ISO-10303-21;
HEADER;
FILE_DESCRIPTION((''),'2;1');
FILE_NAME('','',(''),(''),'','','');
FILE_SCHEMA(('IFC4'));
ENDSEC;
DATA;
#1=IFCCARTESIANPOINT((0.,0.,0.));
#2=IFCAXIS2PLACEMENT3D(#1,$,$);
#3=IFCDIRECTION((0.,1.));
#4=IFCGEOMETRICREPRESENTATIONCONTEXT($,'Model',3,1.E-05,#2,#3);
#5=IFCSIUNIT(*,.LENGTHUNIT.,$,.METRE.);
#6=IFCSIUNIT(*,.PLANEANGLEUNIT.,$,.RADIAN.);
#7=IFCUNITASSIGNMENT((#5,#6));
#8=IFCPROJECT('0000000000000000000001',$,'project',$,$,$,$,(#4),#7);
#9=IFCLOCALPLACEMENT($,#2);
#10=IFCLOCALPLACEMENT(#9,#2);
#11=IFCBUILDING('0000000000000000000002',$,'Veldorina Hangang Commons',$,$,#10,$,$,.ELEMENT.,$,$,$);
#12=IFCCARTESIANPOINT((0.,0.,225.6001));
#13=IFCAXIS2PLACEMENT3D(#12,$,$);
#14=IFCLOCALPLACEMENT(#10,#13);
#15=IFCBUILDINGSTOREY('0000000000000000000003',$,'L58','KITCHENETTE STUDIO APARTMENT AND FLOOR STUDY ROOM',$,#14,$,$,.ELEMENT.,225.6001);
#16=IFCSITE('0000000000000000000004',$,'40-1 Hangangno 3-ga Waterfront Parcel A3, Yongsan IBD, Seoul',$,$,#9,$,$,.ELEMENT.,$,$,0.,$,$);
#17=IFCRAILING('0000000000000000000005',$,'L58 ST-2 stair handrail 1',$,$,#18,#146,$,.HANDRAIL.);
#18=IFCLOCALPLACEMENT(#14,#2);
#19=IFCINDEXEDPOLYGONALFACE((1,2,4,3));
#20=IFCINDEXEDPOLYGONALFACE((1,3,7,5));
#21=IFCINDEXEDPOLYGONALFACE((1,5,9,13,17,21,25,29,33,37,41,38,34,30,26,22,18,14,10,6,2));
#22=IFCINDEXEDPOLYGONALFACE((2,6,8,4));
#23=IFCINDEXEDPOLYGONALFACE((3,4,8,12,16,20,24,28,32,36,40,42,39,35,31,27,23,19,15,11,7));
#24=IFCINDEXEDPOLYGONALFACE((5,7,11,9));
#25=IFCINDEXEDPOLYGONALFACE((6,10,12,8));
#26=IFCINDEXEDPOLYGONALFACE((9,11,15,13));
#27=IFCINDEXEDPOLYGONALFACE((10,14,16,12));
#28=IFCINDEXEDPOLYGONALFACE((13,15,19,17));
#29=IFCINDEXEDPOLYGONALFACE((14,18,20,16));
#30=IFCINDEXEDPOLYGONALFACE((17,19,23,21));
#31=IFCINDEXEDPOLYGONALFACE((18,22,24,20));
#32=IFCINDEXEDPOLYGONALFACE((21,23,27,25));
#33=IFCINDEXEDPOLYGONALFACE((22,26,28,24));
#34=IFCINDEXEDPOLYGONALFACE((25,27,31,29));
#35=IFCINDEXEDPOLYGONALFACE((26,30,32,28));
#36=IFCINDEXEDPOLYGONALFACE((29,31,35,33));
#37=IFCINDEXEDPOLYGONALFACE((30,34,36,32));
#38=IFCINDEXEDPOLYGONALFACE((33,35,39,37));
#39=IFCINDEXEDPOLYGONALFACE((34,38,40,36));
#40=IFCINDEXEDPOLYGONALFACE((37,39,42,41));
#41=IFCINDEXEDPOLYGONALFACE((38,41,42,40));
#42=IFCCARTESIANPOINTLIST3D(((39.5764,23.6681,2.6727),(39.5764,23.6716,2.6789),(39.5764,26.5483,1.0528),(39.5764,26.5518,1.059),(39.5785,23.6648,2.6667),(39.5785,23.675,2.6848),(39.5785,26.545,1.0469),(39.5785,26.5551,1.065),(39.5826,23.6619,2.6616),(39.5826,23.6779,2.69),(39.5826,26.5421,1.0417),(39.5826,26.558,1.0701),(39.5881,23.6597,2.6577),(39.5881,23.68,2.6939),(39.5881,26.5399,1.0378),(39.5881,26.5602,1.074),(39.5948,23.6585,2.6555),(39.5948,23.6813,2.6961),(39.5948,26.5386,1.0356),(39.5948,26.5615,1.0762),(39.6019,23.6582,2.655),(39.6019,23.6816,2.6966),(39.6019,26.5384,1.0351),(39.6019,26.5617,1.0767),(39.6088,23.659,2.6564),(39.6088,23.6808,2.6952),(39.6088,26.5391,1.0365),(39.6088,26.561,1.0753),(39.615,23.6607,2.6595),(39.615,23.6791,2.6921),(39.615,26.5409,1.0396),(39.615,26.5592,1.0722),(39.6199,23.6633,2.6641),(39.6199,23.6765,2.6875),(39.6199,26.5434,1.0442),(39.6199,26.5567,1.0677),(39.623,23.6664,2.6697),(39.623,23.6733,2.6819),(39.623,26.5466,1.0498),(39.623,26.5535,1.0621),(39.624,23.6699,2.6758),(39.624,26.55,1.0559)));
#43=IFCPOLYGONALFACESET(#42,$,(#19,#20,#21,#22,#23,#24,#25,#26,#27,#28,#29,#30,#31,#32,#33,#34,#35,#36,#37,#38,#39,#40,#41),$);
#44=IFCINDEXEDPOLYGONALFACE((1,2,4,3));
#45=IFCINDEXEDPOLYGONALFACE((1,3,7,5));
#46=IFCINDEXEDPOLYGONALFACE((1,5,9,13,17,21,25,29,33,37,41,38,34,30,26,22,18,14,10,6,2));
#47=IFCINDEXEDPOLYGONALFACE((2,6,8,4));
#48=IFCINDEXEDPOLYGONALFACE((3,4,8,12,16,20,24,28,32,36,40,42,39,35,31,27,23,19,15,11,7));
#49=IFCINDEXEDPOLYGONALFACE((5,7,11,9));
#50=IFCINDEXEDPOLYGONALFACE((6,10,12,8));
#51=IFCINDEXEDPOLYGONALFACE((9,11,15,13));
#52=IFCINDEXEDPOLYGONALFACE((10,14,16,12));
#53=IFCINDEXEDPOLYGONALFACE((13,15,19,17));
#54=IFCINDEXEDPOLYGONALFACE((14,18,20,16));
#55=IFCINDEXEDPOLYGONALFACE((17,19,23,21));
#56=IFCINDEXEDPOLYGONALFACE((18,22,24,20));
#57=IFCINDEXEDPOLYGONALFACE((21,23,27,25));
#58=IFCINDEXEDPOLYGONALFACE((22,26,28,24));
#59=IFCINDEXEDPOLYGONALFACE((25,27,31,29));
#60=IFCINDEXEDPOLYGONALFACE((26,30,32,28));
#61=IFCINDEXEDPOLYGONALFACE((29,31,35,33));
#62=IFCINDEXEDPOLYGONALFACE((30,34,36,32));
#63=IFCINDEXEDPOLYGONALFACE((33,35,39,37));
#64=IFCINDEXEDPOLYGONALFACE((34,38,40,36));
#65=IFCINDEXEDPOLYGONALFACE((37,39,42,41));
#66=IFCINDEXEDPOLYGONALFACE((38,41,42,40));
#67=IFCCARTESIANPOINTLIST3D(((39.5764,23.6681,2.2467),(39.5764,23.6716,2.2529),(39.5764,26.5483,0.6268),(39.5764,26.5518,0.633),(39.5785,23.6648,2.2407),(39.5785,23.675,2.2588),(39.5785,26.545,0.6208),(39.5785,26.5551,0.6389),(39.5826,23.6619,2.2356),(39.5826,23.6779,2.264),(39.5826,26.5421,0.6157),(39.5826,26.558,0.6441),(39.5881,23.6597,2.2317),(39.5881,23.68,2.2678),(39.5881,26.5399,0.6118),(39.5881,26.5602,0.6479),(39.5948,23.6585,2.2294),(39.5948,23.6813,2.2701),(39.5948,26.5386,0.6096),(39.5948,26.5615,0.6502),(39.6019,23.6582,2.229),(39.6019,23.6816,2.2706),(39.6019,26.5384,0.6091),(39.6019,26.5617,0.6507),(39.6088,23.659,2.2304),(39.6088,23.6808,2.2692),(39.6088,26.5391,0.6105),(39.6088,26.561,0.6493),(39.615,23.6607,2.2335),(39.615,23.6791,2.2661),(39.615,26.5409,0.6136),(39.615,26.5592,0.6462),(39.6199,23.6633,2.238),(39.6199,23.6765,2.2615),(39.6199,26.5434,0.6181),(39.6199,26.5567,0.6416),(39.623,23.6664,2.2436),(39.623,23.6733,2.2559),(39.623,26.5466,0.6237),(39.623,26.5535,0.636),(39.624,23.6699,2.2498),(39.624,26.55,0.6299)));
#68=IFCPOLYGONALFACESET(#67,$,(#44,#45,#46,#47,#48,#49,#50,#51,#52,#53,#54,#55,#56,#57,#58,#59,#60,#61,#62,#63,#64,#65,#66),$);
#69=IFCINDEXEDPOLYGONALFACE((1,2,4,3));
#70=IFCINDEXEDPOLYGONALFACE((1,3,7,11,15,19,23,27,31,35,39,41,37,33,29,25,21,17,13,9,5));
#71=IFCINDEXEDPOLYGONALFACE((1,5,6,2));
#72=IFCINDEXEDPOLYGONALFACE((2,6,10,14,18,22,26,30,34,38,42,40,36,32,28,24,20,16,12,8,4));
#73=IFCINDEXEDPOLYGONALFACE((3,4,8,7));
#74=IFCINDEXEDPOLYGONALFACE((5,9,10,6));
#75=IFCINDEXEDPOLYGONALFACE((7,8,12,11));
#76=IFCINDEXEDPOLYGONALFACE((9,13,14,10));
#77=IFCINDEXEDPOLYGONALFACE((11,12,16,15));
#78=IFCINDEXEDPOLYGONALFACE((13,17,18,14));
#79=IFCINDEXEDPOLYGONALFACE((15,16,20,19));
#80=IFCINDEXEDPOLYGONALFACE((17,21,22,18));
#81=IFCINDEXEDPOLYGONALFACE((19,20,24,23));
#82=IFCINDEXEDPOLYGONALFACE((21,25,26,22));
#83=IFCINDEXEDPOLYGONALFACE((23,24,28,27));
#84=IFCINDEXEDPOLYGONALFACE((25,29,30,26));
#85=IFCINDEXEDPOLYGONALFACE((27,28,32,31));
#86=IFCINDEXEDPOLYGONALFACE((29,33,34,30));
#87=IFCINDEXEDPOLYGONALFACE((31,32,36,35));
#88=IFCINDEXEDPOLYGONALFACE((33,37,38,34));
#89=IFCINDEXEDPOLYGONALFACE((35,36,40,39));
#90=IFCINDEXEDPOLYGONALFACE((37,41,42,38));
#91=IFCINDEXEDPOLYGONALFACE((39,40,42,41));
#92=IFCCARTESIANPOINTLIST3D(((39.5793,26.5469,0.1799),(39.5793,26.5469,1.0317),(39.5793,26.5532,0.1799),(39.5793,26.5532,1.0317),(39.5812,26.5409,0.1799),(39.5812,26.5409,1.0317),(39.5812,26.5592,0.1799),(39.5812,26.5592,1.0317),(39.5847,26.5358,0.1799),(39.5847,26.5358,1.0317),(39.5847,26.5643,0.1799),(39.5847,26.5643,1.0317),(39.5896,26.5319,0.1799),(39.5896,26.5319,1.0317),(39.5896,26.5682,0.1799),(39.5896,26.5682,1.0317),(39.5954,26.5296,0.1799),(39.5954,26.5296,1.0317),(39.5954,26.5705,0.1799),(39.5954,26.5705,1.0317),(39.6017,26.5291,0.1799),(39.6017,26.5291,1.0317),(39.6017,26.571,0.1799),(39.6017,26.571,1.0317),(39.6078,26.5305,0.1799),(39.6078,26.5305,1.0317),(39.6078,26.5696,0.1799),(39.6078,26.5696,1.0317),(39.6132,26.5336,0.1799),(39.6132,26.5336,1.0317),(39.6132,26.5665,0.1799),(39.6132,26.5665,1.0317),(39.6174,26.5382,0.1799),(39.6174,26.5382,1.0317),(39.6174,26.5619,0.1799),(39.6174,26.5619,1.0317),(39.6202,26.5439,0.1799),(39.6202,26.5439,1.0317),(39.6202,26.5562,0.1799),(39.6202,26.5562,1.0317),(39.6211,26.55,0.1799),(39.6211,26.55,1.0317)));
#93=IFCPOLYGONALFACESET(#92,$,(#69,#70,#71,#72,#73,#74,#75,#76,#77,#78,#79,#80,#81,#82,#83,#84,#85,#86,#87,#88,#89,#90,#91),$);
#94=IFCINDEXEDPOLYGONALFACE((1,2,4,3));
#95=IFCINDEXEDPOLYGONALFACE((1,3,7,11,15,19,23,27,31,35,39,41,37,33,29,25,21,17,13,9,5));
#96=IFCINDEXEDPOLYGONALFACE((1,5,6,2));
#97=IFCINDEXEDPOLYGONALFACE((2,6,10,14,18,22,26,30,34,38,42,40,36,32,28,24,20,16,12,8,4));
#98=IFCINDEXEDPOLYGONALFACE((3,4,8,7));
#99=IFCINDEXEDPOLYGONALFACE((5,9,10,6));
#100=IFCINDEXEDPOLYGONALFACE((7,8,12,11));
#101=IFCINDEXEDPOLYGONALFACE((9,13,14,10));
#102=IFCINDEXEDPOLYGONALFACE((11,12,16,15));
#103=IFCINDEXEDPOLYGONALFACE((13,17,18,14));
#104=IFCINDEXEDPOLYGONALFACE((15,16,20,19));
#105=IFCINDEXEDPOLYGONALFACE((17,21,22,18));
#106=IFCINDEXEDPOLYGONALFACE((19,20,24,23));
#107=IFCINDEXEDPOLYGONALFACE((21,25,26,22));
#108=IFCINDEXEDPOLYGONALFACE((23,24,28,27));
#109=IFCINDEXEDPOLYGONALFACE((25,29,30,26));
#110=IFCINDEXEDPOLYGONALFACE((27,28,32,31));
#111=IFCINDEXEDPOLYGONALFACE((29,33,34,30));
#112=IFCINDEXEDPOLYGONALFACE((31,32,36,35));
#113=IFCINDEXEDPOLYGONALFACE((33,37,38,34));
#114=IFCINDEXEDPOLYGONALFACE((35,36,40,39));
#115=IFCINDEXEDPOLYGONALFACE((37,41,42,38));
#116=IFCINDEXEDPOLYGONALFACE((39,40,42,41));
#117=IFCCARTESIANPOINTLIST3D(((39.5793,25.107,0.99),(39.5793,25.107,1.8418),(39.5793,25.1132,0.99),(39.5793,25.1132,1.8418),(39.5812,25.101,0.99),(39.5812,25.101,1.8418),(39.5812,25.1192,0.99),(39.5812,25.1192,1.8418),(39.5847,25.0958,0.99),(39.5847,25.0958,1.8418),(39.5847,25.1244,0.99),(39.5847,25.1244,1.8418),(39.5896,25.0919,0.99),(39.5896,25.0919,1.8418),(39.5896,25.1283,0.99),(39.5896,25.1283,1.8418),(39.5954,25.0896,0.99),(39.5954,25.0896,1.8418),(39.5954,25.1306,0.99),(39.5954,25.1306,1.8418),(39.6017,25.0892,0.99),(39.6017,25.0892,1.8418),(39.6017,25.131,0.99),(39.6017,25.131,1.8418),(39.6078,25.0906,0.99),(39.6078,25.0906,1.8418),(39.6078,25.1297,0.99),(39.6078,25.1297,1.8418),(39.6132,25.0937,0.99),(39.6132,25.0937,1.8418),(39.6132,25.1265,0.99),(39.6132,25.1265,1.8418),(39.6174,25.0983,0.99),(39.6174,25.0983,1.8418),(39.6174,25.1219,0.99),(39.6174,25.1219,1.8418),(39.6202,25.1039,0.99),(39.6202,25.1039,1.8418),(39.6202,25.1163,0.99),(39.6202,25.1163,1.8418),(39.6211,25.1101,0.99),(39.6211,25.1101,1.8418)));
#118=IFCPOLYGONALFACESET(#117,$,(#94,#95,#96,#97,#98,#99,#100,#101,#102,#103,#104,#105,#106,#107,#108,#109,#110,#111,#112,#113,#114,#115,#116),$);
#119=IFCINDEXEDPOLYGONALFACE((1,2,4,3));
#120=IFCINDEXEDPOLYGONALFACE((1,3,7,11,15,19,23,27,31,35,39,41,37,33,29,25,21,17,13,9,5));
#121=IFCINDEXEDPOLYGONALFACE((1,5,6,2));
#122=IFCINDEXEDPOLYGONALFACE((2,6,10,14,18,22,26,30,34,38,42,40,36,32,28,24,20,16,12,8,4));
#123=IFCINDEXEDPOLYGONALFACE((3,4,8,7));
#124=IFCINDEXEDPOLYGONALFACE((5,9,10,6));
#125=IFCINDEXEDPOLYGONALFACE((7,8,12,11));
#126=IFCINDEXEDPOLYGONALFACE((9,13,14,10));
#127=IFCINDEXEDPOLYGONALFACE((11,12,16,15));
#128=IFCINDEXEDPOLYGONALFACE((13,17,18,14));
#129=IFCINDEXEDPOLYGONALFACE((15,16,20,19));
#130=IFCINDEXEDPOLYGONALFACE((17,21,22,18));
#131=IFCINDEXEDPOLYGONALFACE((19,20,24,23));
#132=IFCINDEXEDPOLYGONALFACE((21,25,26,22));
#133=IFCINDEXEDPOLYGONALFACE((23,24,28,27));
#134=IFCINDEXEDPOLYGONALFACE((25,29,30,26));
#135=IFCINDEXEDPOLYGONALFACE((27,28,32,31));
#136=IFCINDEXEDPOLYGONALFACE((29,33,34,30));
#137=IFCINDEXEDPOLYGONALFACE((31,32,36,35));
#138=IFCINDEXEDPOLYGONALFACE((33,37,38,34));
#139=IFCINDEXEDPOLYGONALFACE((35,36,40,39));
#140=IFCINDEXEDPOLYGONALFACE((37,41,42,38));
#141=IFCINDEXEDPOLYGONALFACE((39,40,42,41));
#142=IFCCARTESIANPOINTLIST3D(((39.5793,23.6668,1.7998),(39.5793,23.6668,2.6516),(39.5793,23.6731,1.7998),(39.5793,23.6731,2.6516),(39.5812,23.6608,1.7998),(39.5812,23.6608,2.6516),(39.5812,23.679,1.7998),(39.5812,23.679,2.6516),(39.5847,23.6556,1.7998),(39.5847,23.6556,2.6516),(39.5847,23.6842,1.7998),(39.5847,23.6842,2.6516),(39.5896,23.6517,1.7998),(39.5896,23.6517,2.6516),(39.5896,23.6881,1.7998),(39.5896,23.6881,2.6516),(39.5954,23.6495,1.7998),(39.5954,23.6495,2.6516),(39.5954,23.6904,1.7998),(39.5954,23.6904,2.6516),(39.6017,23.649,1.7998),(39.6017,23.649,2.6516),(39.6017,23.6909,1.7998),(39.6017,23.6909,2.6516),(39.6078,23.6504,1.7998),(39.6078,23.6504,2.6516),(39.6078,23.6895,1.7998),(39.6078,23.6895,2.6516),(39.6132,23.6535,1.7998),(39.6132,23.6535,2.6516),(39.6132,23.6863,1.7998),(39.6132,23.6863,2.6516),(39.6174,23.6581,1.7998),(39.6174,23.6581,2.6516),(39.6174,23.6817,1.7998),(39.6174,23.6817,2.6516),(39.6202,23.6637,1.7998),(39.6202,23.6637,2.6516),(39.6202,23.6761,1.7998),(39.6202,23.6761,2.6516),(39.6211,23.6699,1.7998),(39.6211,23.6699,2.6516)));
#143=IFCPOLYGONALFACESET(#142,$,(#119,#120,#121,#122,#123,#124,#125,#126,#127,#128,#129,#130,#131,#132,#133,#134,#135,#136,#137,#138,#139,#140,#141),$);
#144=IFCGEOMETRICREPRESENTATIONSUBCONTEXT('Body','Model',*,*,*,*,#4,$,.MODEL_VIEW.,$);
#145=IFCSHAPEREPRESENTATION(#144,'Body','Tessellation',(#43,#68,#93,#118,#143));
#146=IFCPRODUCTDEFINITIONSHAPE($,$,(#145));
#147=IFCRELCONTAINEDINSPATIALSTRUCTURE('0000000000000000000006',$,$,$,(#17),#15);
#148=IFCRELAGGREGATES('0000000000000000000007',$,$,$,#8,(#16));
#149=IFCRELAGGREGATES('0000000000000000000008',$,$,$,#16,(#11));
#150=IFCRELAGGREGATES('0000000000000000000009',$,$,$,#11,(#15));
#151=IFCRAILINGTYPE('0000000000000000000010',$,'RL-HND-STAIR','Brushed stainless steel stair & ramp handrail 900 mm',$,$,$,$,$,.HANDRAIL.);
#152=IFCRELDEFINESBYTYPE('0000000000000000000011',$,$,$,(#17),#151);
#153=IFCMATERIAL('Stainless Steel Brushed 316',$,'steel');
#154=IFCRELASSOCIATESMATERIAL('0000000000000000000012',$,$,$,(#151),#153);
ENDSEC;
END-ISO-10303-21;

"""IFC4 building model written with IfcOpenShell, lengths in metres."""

from ifc_helpers import new_model, si_unit, direction, frame, origin, origin_2d, place, context, subcontext, project, spatial, circle, extrude, material, type_object, element, save


model = new_model("IFC4")

# Units and contexts
model_context = context("Model", 3, precision=1e-05, world=origin(), true_north=direction((0.0, 1.0)))
body_context = subcontext(model_context, "Body", "Model", "MODEL_VIEW")
ifc_project = project(units=[si_unit("LENGTHUNIT", "METRE"), si_unit("PLANEANGLEUNIT", "RADIAN")], contexts=[model_context])

# Site, building, storey
site_placement = place(None, origin())
site = spatial("IfcSite", under=ifc_project, at=site_placement, Name="40-1 Hangangno 3-ga Waterfront Parcel A3, Yongsan IBD, Seoul", CompositionType="ELEMENT", RefElevation=0.0)
building_placement = place(site_placement, origin())
building = spatial("IfcBuilding", under=site, at=building_placement, Name="Veldorina Hangang Commons", CompositionType="ELEMENT")
storey_placement = place(building_placement, frame((0.0, 0.0, 225.6001)))
storey = spatial("IfcBuildingStorey", under=building, at=storey_placement, Name="L58", Description="KITCHENETTE STUDIO APARTMENT AND FLOOR STUDY ROOM", CompositionType="ELEMENT", Elevation=225.6001)

# Railing
ifc_material_1 = material(Name="Stainless Steel Brushed 316", Category="steel")
railing_type_1 = type_object("IfcRailingType", Name="RL-HND-STAIR", Description="Brushed stainless steel stair & ramp handrail 900 mm", PredefinedType="HANDRAIL", material=ifc_material_1)
railing_1_placement = place(storey_placement, frame((39.6001, 26.55, 0.1799)))
element("IfcRailing", 1, at=railing_1_placement, inside=storey, type_object=railing_type_1, Name="L58 ST-2 stair handrail 1", PredefinedType="HANDRAIL", context=body_context, shape_type="SweptSolid", body=[
    extrude(circle(Radius=0.0239, at=origin_2d()), frame((0.0, 0.0, 0.876), z_axis=(0.0, -0.871601, 0.490216), x_axis=(1.0, 0.0, 0.0)), (0.0, 0.0, 1.0), 3.3044),
    extrude(circle(Radius=0.0239, at=origin_2d()), frame((0.0, 0.0, 0.45), z_axis=(0.0, -0.871601, 0.490216), x_axis=(1.0, 0.0, 0.0)), (0.0, 0.0, 1.0), 3.3044),
    extrude(circle(Radius=0.021, at=origin_2d()), origin(), (0.0, 0.0, 1.0), 0.8518),
    extrude(circle(Radius=0.021, at=origin_2d()), frame((0.0, -1.4399, 0.8101)), (0.0, 0.0, 1.0), 0.8518),
    extrude(circle(Radius=0.021, at=origin_2d()), frame((0.0, -2.8801, 1.6199)), (0.0, 0.0, 1.0), 0.8518),
])

save(model, "model.ifc")
